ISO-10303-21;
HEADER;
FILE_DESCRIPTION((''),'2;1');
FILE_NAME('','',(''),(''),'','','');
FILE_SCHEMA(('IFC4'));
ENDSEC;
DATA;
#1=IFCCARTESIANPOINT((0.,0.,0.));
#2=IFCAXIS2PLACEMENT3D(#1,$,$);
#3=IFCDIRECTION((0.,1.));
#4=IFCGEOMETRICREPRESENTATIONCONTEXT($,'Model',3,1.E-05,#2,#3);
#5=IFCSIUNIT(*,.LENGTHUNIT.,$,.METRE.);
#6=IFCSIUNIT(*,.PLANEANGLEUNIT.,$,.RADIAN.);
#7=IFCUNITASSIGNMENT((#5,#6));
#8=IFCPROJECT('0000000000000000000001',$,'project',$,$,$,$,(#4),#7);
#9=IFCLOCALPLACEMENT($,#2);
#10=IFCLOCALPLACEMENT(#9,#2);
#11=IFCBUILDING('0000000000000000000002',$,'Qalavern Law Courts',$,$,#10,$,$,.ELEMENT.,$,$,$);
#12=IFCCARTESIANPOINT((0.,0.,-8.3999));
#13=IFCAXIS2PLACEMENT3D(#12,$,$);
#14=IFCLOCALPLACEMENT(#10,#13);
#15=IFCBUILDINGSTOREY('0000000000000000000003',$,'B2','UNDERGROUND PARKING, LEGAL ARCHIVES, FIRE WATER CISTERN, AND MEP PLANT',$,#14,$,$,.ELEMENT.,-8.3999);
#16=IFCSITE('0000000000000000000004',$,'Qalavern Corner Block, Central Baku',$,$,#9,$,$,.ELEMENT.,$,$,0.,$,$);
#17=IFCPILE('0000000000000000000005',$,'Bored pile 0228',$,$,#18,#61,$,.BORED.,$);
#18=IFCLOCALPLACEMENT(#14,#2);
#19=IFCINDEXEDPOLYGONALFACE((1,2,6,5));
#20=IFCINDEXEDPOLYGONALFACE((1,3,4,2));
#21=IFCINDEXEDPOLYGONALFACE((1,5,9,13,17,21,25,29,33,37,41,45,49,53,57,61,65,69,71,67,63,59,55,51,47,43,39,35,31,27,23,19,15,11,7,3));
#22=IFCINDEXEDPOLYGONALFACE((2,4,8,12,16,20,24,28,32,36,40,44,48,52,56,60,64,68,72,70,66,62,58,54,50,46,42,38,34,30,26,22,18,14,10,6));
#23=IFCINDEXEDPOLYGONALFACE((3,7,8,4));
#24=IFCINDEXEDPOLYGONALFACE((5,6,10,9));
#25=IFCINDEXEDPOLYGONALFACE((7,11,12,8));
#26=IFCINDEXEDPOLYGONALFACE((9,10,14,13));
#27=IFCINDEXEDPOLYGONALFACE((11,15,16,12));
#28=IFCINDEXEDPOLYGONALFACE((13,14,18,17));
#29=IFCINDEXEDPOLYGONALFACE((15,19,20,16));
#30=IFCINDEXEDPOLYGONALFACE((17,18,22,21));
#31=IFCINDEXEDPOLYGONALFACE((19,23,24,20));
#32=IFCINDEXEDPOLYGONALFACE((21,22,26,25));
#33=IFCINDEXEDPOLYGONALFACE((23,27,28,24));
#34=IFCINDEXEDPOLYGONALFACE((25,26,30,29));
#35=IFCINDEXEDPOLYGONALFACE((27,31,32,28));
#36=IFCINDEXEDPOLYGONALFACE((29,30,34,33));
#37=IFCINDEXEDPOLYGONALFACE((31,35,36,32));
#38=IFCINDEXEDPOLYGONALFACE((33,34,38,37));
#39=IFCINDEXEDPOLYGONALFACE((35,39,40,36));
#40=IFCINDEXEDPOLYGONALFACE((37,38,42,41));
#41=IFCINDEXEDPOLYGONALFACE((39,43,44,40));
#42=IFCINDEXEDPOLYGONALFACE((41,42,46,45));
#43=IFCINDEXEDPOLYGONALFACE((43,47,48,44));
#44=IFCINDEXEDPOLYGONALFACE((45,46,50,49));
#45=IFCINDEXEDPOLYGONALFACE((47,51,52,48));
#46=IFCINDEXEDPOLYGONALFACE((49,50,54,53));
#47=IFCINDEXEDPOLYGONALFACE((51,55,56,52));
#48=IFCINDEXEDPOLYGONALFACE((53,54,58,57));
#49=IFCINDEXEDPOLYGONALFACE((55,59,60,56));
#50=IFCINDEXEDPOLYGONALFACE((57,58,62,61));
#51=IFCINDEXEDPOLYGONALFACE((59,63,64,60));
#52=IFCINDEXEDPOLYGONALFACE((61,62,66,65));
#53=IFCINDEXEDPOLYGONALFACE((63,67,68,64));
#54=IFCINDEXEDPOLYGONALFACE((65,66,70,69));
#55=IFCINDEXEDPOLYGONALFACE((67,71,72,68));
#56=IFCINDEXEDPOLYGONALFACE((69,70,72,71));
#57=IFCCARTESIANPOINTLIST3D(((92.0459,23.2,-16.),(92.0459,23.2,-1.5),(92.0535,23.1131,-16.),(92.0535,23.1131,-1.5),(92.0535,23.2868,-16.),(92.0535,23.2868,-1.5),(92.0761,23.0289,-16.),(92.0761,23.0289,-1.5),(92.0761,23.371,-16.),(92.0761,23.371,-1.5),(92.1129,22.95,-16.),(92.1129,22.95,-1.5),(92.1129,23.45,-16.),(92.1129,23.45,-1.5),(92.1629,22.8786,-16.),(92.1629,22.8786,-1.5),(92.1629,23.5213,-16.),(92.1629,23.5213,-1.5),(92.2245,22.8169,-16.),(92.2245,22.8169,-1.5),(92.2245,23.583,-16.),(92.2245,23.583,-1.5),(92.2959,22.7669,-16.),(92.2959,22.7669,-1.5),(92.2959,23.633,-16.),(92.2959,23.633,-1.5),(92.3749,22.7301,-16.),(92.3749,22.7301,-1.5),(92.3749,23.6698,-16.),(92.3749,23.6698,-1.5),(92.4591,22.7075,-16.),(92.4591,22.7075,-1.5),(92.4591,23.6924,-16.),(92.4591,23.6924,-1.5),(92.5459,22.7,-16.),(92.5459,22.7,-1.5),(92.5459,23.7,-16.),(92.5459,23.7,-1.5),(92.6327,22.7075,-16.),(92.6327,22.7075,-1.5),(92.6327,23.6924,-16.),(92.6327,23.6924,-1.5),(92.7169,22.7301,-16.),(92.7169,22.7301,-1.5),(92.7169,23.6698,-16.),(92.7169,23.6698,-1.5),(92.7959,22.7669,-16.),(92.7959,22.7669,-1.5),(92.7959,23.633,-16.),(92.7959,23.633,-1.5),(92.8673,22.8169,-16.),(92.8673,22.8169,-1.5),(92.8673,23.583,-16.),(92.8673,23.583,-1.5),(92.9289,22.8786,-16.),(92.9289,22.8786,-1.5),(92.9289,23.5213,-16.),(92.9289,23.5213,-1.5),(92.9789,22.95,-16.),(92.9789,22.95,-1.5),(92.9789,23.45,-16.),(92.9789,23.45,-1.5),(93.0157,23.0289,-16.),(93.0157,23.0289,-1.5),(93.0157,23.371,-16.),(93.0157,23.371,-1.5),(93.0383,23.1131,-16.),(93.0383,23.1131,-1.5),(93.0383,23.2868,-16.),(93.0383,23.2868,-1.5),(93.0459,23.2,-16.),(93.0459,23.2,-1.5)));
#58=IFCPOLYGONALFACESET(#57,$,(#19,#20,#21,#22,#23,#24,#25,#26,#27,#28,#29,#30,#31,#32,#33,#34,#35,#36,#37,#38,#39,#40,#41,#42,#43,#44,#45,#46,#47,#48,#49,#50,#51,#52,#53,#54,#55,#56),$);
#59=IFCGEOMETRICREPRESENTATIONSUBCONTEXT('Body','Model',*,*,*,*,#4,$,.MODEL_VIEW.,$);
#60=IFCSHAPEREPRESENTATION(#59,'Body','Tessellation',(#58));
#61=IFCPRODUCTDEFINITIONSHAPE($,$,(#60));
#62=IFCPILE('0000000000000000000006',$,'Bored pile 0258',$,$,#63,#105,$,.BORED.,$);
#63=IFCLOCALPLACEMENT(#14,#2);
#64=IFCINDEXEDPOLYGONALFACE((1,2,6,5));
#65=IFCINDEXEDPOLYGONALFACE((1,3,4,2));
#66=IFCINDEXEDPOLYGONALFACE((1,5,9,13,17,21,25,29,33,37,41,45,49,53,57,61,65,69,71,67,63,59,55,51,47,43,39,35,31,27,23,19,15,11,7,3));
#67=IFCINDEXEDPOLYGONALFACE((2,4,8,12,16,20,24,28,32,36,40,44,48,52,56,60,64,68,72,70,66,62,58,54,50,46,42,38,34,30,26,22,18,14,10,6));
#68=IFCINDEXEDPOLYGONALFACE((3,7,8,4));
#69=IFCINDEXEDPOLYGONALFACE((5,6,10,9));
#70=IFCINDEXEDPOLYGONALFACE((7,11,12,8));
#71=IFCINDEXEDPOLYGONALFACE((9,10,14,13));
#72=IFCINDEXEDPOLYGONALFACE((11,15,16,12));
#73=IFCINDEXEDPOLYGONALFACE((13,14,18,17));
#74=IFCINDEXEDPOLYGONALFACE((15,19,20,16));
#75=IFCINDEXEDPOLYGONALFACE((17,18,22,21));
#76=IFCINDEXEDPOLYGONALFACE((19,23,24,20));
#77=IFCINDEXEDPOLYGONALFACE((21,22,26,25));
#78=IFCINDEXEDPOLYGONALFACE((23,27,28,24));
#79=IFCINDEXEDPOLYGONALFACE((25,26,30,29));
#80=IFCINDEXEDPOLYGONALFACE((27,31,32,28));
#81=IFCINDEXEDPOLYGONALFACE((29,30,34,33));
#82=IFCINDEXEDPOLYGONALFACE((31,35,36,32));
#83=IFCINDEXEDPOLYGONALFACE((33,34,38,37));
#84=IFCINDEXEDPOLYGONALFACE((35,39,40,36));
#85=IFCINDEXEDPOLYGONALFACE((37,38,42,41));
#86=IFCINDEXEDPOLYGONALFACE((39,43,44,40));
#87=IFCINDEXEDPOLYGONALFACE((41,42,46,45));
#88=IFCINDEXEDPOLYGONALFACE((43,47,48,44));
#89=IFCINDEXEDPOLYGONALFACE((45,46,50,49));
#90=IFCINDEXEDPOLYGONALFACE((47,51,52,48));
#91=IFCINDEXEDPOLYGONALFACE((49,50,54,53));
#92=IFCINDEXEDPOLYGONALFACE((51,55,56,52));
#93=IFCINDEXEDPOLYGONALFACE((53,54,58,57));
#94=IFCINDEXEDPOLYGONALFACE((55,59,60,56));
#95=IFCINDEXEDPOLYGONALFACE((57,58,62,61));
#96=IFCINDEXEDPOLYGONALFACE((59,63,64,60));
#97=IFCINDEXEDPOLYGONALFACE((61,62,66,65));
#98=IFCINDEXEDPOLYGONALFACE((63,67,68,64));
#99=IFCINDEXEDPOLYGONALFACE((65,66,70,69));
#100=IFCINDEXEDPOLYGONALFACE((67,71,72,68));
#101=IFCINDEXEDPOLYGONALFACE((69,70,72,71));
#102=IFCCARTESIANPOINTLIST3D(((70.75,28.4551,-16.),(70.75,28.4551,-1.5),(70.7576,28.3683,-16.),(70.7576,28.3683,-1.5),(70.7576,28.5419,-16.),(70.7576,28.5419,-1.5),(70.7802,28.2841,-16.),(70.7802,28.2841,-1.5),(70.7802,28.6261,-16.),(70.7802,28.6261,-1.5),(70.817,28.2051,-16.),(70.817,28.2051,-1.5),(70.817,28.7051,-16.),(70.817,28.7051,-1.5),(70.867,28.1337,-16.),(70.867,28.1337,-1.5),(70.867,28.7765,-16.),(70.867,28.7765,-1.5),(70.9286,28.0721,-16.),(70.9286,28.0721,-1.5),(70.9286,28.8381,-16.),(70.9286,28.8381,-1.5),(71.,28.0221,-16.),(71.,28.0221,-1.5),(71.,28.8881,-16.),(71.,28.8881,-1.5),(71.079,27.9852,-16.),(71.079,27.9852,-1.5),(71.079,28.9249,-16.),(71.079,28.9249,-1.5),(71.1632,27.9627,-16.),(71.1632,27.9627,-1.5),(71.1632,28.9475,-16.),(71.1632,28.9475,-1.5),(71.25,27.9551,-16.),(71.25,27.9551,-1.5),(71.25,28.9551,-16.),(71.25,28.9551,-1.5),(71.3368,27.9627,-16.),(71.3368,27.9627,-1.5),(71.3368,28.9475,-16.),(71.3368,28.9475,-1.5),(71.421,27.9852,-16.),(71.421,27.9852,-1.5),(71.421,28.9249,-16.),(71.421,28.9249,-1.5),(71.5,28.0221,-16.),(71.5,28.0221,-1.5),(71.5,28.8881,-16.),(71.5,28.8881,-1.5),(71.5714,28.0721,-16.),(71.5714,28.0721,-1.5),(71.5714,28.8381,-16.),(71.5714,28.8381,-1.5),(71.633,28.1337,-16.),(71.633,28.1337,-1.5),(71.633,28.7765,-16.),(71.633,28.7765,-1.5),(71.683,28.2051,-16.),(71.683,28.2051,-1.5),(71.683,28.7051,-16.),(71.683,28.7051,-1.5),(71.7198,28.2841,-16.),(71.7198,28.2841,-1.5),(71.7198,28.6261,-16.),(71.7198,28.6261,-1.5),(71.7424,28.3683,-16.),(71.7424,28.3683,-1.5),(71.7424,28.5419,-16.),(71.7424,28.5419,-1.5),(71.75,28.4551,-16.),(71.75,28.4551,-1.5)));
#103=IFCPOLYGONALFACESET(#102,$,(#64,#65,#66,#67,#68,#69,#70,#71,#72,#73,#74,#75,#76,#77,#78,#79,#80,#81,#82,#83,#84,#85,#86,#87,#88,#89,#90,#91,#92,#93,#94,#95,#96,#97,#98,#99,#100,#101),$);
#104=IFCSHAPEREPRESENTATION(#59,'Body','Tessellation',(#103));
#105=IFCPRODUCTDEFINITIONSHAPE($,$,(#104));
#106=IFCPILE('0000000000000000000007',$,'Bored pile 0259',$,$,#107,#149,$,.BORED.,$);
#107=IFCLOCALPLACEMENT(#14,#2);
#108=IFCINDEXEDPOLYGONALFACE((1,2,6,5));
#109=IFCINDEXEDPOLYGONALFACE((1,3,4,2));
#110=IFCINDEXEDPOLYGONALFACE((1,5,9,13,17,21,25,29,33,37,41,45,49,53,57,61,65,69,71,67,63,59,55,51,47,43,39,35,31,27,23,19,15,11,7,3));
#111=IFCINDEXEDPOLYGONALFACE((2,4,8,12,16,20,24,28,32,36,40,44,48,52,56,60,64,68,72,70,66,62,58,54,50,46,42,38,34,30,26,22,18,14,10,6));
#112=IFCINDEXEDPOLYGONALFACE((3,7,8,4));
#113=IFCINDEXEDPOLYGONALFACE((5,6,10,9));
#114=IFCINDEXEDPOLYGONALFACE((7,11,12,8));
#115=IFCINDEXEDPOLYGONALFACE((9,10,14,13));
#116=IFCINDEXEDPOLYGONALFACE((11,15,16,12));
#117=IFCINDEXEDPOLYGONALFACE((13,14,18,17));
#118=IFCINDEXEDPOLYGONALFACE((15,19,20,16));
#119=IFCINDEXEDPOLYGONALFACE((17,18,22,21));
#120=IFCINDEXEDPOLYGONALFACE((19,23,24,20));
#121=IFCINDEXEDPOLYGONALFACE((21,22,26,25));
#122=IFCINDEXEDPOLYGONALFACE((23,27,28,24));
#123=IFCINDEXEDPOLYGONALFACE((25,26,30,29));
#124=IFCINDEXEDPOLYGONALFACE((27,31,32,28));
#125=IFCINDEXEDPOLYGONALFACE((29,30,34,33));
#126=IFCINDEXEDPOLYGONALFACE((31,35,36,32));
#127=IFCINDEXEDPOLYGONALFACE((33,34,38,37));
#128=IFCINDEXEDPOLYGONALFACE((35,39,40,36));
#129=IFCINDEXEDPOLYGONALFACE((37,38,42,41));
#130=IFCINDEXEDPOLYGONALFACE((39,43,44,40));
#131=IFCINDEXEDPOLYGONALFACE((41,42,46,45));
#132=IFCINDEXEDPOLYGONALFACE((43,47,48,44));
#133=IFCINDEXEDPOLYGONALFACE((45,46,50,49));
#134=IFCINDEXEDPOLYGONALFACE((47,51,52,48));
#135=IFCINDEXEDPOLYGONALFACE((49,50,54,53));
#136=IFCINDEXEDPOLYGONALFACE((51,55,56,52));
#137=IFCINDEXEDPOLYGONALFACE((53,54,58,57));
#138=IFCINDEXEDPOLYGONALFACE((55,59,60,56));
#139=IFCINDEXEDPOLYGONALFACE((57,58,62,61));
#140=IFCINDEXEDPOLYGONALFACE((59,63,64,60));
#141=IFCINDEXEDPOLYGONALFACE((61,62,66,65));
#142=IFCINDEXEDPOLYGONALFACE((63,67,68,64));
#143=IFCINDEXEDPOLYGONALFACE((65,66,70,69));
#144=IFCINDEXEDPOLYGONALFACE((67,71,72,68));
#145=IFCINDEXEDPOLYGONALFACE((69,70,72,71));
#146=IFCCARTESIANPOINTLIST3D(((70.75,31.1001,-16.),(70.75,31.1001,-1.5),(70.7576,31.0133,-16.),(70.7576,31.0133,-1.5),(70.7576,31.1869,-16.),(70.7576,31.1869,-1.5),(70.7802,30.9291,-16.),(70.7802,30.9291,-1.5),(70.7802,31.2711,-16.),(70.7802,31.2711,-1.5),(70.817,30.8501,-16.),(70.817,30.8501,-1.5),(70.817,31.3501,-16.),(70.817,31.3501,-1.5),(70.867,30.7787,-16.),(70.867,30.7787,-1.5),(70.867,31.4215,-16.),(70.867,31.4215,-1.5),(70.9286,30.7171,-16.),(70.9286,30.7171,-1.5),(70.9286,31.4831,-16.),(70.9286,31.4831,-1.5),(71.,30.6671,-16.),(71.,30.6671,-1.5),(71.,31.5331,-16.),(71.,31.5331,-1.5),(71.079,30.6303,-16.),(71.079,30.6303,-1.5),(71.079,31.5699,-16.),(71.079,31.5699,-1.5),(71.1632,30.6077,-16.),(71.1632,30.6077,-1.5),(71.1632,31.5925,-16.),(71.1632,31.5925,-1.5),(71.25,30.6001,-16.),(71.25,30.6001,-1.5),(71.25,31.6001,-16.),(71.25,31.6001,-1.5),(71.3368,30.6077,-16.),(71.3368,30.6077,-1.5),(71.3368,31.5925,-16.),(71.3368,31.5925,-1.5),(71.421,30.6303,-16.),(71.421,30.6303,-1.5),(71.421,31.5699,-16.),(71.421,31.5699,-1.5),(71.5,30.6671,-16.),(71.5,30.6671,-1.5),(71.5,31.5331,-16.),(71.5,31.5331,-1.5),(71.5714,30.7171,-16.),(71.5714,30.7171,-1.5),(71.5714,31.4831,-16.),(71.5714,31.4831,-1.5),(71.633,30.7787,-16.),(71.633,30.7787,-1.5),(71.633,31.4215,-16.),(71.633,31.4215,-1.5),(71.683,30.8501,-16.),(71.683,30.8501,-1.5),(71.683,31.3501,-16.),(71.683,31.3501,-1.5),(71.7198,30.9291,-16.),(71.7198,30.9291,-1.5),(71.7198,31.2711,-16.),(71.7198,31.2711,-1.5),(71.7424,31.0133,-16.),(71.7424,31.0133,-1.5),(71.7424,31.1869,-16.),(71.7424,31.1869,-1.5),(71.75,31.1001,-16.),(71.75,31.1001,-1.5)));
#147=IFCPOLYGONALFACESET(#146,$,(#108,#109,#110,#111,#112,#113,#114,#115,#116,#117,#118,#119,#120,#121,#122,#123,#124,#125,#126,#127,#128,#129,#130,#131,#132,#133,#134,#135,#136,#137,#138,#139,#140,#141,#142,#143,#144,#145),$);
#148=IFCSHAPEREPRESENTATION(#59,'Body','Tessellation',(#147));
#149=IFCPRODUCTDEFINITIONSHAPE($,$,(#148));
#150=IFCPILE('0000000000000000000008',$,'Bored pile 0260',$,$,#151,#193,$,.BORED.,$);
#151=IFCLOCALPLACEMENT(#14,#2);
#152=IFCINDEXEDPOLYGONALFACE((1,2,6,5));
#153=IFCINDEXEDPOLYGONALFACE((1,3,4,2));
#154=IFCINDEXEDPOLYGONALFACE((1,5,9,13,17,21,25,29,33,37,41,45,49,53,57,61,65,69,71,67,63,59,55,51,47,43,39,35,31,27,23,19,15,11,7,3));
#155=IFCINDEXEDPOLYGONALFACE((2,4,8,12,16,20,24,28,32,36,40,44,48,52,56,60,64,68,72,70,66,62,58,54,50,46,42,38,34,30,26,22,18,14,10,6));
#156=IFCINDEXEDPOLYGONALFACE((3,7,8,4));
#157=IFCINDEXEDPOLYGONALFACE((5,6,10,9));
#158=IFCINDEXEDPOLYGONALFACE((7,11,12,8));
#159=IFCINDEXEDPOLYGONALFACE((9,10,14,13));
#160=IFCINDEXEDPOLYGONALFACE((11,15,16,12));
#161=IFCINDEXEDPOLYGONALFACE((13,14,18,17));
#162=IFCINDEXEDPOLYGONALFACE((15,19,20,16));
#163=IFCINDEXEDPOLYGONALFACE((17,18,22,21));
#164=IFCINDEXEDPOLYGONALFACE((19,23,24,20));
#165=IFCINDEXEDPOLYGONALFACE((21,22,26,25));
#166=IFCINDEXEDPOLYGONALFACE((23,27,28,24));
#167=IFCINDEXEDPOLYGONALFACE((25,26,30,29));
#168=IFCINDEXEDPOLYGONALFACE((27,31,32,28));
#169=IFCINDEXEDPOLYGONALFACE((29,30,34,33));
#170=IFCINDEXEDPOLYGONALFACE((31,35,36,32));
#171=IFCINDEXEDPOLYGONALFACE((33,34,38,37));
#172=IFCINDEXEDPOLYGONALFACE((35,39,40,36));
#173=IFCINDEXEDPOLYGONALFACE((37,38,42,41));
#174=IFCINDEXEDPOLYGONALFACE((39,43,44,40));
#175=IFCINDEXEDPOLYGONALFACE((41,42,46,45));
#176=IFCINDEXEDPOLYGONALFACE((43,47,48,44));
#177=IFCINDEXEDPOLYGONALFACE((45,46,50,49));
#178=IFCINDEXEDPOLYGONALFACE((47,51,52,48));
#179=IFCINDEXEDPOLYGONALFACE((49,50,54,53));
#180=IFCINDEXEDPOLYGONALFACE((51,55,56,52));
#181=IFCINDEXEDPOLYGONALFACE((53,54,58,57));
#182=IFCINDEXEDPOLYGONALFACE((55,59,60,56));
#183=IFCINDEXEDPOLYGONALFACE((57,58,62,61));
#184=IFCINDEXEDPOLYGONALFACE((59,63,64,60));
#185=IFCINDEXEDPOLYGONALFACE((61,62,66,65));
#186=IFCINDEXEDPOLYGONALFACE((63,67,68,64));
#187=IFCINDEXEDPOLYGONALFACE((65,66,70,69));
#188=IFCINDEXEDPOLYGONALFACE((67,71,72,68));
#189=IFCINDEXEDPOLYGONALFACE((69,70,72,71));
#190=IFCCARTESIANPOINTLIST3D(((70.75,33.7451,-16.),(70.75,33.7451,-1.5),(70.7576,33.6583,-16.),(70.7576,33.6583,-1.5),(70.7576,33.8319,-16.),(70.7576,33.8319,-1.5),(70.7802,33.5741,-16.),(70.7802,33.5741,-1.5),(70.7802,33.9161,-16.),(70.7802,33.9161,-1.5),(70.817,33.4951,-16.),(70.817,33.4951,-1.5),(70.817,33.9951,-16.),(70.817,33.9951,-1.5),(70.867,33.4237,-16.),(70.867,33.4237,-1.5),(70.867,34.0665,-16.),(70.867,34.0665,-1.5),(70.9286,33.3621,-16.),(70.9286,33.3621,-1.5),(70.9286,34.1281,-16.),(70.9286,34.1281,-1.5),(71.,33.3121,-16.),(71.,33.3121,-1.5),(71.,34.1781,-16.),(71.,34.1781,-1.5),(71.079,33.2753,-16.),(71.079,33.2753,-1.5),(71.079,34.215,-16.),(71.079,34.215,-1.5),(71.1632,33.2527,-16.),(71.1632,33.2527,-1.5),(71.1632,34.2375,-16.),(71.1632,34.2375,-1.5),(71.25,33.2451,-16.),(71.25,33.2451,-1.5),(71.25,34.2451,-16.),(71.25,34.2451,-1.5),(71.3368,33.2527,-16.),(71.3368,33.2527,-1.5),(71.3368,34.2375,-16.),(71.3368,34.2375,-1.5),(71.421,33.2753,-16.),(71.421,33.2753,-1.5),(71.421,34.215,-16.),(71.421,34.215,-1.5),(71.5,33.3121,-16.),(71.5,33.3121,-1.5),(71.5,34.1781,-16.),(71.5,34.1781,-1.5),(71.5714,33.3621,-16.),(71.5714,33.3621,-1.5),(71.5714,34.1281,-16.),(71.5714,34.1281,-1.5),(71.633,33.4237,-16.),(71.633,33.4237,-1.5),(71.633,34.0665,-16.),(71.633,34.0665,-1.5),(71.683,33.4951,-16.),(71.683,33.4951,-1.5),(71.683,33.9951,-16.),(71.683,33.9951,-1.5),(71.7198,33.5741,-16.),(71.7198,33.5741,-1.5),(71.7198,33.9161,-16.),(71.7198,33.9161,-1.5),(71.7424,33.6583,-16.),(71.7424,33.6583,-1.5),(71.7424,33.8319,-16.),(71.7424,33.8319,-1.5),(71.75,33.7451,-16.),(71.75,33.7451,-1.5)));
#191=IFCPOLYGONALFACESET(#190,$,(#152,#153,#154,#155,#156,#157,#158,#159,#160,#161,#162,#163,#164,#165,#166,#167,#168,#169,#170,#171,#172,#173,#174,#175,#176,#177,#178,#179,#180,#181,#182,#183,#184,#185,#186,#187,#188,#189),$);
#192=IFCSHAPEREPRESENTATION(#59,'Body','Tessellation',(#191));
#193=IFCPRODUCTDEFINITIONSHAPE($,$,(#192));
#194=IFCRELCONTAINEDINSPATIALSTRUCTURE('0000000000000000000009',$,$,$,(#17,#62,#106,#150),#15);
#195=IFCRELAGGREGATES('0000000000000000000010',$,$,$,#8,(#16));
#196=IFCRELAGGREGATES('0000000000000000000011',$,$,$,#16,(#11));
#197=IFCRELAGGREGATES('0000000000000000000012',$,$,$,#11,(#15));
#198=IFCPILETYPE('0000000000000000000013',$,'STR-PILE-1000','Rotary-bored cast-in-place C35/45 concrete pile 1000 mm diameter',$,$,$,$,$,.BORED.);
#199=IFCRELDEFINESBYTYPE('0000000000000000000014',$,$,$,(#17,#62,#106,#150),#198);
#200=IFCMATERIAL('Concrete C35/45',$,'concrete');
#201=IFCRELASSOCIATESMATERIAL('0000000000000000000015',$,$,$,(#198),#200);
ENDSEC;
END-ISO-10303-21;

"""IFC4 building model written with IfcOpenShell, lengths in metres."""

from ifc_helpers import new_model, si_unit, direction, frame, origin, origin_2d, place, context, subcontext, project, spatial, circle, extrude, material, material_profile, profile_set, type_object, element, save


model = new_model("IFC4")

# Units and contexts
model_context = context("Model", 3, precision=1e-05, world=origin(), true_north=direction((0.0, 1.0)))
body_context = subcontext(model_context, "Body", "Model", "MODEL_VIEW")
ifc_project = project(units=[si_unit("LENGTHUNIT", "METRE"), si_unit("PLANEANGLEUNIT", "RADIAN")], contexts=[model_context])

# Site, building, storey
site_placement = place(None, origin())
site = spatial("IfcSite", under=ifc_project, at=site_placement, Name="Qalavern Corner Block, Central Baku", CompositionType="ELEMENT", RefElevation=0.0)
building_placement = place(site_placement, origin())
building = spatial("IfcBuilding", under=site, at=building_placement, Name="Qalavern Law Courts", CompositionType="ELEMENT")
storey_placement = place(building_placement, frame((0.0, 0.0, -8.3999)))
storey = spatial("IfcBuildingStorey", under=building, at=storey_placement, Name="B2", Description="UNDERGROUND PARKING, LEGAL ARCHIVES, FIRE WATER CISTERN, AND MEP PLANT", CompositionType="ELEMENT", Elevation=-8.3999)

# Shared definitions
ifc_material_1 = material(Name="Concrete C35/45", Category="concrete")

# Piles
ifc_material_profile_1 = material_profile(ifc_material_1, circle(Radius=0.5, at=origin_2d()), Name="BORED PILE 1000")
ifc_profile_set_1 = profile_set([ifc_material_profile_1], Name="Concrete C35/45")
pile_type_1 = type_object("IfcPileType", Name="STR-PILE-1000", Description="Rotary-bored cast-in-place C35/45 concrete pile 1000 mm diameter", PredefinedType="BORED", material=ifc_profile_set_1)
for number, where, z_axis, x_axis, name in (
    (1, (92.5459, 23.2, -1.5), (0.0, 0.0, -1.0), (1.0, 0.0, 0.0), "Bored pile 0228"),
    (2, (71.25, 28.4551, -1.5), (0.0, 0.0, -1.0), (1.0, 0.0, 0.0), "Bored pile 0258"),
    (3, (71.25, 31.1001, -1.5), (0.0, 0.0, -1.0), (1.0, 0.0, 0.0), "Bored pile 0259"),
    (4, (71.25, 33.7451, -1.5), (0.0, 0.0, -1.0), (1.0, 0.0, 0.0), "Bored pile 0260"),
):
    element("IfcPile", number, at=place(storey_placement, frame(where, z_axis=z_axis, x_axis=x_axis)), inside=storey, type_object=pile_type_1, Name=name, PredefinedType="BORED", context=body_context, shape_type="SweptSolid", body=[
        extrude(circle(Radius=0.5, at=origin_2d()), origin(), (0.0, 0.0, 1.0), 14.5),
    ])

save(model, "model.ifc")
